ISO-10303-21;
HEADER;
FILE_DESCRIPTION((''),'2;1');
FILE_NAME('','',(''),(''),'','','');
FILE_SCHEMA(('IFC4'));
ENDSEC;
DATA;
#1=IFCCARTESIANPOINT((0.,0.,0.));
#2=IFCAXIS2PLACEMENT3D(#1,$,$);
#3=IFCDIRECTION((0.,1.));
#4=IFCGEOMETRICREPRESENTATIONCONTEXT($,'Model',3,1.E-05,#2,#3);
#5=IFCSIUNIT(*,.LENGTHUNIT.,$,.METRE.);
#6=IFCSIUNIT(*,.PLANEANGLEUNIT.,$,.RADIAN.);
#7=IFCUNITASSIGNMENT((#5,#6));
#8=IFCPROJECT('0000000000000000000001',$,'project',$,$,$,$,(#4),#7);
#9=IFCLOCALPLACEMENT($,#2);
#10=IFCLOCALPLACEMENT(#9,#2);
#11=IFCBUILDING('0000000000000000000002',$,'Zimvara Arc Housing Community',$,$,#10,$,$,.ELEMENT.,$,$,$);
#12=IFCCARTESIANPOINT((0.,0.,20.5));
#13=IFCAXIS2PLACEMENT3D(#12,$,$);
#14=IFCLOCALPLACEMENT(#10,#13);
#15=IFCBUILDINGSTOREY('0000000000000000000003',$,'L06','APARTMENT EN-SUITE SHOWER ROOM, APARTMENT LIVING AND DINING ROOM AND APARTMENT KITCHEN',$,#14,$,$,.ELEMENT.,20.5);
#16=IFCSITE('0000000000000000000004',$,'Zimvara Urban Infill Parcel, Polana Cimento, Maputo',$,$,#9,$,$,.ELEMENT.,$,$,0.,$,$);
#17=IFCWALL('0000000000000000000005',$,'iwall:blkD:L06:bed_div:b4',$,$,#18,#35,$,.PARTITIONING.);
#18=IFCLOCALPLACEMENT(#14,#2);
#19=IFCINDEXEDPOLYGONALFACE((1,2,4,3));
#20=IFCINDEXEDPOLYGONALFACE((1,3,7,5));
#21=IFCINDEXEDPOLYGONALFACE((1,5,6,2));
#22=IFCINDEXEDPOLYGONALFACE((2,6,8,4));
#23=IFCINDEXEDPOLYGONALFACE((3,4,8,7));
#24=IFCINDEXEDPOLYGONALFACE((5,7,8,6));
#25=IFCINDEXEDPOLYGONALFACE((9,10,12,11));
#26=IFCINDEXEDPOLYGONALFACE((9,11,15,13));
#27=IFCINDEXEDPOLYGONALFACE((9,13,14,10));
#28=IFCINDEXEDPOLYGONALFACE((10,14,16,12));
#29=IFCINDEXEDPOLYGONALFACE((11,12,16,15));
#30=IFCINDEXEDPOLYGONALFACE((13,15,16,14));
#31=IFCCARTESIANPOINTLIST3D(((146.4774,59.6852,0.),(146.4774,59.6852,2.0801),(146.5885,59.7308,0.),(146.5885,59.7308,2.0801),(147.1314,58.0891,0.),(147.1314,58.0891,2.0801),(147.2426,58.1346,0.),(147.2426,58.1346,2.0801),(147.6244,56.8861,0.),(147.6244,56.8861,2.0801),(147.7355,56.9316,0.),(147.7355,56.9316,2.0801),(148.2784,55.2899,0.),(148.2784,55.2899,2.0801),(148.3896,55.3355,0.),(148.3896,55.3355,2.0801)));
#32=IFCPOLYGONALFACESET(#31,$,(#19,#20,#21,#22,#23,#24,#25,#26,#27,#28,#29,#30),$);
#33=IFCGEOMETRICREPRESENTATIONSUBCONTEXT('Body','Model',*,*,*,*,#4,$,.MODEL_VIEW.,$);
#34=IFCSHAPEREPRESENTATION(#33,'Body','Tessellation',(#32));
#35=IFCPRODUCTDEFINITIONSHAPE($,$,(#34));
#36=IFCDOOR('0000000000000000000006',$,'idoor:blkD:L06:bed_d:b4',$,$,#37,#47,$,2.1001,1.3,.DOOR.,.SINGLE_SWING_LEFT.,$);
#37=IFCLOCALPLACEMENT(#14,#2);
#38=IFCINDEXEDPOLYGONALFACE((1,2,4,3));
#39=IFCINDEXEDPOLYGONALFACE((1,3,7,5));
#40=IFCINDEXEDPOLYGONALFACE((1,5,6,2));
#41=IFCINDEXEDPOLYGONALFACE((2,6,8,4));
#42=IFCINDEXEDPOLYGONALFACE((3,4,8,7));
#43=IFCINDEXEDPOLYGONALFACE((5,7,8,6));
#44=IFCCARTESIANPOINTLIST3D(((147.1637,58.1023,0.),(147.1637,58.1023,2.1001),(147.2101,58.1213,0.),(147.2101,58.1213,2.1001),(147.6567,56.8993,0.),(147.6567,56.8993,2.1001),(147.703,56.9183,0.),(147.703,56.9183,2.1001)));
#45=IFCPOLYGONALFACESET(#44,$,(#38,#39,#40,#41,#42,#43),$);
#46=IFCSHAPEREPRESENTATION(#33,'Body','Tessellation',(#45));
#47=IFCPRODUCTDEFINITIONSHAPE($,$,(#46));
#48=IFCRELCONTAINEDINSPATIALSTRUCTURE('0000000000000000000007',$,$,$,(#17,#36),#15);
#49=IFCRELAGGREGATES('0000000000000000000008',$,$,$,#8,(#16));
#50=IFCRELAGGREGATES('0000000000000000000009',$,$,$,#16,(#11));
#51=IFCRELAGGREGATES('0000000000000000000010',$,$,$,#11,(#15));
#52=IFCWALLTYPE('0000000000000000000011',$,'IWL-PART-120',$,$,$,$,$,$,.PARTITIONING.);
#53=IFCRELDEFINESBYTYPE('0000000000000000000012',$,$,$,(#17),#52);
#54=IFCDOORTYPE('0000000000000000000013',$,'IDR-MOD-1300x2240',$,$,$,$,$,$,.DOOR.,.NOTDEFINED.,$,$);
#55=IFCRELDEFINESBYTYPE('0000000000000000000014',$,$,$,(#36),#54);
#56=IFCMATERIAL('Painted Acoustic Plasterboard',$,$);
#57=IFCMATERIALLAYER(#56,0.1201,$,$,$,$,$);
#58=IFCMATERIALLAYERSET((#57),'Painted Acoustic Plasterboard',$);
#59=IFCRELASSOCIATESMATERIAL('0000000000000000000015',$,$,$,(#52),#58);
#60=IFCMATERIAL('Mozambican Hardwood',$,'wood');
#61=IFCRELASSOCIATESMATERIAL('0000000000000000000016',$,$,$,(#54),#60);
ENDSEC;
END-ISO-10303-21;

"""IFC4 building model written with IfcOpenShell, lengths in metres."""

from ifc_helpers import new_model, si_unit, direction, frame, frame_2d, origin, place, context, subcontext, project, spatial, rectangle, extrude, material, layer, layer_set, type_object, element, fill, save


model = new_model("IFC4")

# Units and contexts
model_context = context("Model", 3, precision=1e-05, world=origin(), true_north=direction((0.0, 1.0)))
body_context = subcontext(model_context, "Body", "Model", "MODEL_VIEW")
ifc_project = project(units=[si_unit("LENGTHUNIT", "METRE"), si_unit("PLANEANGLEUNIT", "RADIAN")], contexts=[model_context])

# Site, building, storey
site_placement = place(None, origin())
site = spatial("IfcSite", under=ifc_project, at=site_placement, Name="Zimvara Urban Infill Parcel, Polana Cimento, Maputo", CompositionType="ELEMENT", RefElevation=0.0)
building_placement = place(site_placement, origin())
building = spatial("IfcBuilding", under=site, at=building_placement, Name="Zimvara Arc Housing Community", CompositionType="ELEMENT")
storey_placement = place(building_placement, frame((0.0, 0.0, 20.5)))
storey = spatial("IfcBuildingStorey", under=building, at=storey_placement, Name="L06", Description="APARTMENT EN-SUITE SHOWER ROOM, APARTMENT LIVING AND DINING ROOM AND APARTMENT KITCHEN", CompositionType="ELEMENT", Elevation=20.5)

# Wall, opening, door
ifc_material_1 = material(Name="Painted Acoustic Plasterboard")
ifc_layer_1 = layer(ifc_material_1, 0.1201)
ifc_layer_set_1 = layer_set([ifc_layer_1], Name="Painted Acoustic Plasterboard")
wall_type_1 = type_object("IfcWallType", Name="IWL-PART-120", PredefinedType="PARTITIONING", material=ifc_layer_set_1)
wall_1_placement = place(storey_placement, frame((146.533, 59.708, 0.0), z_axis=(0.0, 0.0, 1.0), x_axis=(0.379167, -0.925328, 0.0)))
wall_1 = element("IfcWall", 1, at=wall_1_placement, inside=storey, type_object=wall_type_1, Name="iwall:blkD:L06:bed_div:b4", PredefinedType="PARTITIONING", context=body_context, shape_type="SweptSolid", body=[
    extrude(rectangle(XDim=4.75, YDim=0.1201, at=frame_2d((2.375, 0.0))), origin(), (0.0, 0.0, 1.0), 2.0801),
])
opening_1_placement = place(wall_1_placement, frame((1.7251, 0.0, 0.0)))
opening_1 = element("IfcOpeningElement", 2, at=opening_1_placement, cuts=wall_1, PredefinedType="OPENING", context=body_context, shape_type="SweptSolid", body=[
    extrude(rectangle(XDim=1.3, YDim=2.1001, at=frame_2d((0.6499, 1.05))), frame((0.0, 0.0701, 0.0), z_axis=(0.0, -1.0, 0.0), x_axis=(1.0, 0.0, 0.0)), (0.0, 0.0, 1.0), 0.1401),
])
ifc_material_2 = material(Name="Mozambican Hardwood", Category="wood")
door_type_1 = type_object("IfcDoorType", Name="IDR-MOD-1300x2240", OperationType="NOTDEFINED", PredefinedType="DOOR", material=ifc_material_2)
door_1_placement = place(opening_1_placement, origin())
door_1 = element("IfcDoor", 3, at=door_1_placement, inside=storey, type_object=door_type_1, Name="idoor:blkD:L06:bed_d:b4", OperationType="SINGLE_SWING_LEFT", OverallHeight=2.1001, OverallWidth=1.3, PredefinedType="DOOR", context=body_context, shape_type="SweptSolid", body=[
    extrude(rectangle(XDim=1.3, YDim=2.1001, at=frame_2d((0.6499, 1.05))), frame((0.0, 0.0249, 0.0), z_axis=(0.0, -1.0, 0.0), x_axis=(1.0, 0.0, 0.0)), (0.0, 0.0, 1.0), 0.05),
])
fill(opening_1, door_1)

save(model, "model.ifc")
